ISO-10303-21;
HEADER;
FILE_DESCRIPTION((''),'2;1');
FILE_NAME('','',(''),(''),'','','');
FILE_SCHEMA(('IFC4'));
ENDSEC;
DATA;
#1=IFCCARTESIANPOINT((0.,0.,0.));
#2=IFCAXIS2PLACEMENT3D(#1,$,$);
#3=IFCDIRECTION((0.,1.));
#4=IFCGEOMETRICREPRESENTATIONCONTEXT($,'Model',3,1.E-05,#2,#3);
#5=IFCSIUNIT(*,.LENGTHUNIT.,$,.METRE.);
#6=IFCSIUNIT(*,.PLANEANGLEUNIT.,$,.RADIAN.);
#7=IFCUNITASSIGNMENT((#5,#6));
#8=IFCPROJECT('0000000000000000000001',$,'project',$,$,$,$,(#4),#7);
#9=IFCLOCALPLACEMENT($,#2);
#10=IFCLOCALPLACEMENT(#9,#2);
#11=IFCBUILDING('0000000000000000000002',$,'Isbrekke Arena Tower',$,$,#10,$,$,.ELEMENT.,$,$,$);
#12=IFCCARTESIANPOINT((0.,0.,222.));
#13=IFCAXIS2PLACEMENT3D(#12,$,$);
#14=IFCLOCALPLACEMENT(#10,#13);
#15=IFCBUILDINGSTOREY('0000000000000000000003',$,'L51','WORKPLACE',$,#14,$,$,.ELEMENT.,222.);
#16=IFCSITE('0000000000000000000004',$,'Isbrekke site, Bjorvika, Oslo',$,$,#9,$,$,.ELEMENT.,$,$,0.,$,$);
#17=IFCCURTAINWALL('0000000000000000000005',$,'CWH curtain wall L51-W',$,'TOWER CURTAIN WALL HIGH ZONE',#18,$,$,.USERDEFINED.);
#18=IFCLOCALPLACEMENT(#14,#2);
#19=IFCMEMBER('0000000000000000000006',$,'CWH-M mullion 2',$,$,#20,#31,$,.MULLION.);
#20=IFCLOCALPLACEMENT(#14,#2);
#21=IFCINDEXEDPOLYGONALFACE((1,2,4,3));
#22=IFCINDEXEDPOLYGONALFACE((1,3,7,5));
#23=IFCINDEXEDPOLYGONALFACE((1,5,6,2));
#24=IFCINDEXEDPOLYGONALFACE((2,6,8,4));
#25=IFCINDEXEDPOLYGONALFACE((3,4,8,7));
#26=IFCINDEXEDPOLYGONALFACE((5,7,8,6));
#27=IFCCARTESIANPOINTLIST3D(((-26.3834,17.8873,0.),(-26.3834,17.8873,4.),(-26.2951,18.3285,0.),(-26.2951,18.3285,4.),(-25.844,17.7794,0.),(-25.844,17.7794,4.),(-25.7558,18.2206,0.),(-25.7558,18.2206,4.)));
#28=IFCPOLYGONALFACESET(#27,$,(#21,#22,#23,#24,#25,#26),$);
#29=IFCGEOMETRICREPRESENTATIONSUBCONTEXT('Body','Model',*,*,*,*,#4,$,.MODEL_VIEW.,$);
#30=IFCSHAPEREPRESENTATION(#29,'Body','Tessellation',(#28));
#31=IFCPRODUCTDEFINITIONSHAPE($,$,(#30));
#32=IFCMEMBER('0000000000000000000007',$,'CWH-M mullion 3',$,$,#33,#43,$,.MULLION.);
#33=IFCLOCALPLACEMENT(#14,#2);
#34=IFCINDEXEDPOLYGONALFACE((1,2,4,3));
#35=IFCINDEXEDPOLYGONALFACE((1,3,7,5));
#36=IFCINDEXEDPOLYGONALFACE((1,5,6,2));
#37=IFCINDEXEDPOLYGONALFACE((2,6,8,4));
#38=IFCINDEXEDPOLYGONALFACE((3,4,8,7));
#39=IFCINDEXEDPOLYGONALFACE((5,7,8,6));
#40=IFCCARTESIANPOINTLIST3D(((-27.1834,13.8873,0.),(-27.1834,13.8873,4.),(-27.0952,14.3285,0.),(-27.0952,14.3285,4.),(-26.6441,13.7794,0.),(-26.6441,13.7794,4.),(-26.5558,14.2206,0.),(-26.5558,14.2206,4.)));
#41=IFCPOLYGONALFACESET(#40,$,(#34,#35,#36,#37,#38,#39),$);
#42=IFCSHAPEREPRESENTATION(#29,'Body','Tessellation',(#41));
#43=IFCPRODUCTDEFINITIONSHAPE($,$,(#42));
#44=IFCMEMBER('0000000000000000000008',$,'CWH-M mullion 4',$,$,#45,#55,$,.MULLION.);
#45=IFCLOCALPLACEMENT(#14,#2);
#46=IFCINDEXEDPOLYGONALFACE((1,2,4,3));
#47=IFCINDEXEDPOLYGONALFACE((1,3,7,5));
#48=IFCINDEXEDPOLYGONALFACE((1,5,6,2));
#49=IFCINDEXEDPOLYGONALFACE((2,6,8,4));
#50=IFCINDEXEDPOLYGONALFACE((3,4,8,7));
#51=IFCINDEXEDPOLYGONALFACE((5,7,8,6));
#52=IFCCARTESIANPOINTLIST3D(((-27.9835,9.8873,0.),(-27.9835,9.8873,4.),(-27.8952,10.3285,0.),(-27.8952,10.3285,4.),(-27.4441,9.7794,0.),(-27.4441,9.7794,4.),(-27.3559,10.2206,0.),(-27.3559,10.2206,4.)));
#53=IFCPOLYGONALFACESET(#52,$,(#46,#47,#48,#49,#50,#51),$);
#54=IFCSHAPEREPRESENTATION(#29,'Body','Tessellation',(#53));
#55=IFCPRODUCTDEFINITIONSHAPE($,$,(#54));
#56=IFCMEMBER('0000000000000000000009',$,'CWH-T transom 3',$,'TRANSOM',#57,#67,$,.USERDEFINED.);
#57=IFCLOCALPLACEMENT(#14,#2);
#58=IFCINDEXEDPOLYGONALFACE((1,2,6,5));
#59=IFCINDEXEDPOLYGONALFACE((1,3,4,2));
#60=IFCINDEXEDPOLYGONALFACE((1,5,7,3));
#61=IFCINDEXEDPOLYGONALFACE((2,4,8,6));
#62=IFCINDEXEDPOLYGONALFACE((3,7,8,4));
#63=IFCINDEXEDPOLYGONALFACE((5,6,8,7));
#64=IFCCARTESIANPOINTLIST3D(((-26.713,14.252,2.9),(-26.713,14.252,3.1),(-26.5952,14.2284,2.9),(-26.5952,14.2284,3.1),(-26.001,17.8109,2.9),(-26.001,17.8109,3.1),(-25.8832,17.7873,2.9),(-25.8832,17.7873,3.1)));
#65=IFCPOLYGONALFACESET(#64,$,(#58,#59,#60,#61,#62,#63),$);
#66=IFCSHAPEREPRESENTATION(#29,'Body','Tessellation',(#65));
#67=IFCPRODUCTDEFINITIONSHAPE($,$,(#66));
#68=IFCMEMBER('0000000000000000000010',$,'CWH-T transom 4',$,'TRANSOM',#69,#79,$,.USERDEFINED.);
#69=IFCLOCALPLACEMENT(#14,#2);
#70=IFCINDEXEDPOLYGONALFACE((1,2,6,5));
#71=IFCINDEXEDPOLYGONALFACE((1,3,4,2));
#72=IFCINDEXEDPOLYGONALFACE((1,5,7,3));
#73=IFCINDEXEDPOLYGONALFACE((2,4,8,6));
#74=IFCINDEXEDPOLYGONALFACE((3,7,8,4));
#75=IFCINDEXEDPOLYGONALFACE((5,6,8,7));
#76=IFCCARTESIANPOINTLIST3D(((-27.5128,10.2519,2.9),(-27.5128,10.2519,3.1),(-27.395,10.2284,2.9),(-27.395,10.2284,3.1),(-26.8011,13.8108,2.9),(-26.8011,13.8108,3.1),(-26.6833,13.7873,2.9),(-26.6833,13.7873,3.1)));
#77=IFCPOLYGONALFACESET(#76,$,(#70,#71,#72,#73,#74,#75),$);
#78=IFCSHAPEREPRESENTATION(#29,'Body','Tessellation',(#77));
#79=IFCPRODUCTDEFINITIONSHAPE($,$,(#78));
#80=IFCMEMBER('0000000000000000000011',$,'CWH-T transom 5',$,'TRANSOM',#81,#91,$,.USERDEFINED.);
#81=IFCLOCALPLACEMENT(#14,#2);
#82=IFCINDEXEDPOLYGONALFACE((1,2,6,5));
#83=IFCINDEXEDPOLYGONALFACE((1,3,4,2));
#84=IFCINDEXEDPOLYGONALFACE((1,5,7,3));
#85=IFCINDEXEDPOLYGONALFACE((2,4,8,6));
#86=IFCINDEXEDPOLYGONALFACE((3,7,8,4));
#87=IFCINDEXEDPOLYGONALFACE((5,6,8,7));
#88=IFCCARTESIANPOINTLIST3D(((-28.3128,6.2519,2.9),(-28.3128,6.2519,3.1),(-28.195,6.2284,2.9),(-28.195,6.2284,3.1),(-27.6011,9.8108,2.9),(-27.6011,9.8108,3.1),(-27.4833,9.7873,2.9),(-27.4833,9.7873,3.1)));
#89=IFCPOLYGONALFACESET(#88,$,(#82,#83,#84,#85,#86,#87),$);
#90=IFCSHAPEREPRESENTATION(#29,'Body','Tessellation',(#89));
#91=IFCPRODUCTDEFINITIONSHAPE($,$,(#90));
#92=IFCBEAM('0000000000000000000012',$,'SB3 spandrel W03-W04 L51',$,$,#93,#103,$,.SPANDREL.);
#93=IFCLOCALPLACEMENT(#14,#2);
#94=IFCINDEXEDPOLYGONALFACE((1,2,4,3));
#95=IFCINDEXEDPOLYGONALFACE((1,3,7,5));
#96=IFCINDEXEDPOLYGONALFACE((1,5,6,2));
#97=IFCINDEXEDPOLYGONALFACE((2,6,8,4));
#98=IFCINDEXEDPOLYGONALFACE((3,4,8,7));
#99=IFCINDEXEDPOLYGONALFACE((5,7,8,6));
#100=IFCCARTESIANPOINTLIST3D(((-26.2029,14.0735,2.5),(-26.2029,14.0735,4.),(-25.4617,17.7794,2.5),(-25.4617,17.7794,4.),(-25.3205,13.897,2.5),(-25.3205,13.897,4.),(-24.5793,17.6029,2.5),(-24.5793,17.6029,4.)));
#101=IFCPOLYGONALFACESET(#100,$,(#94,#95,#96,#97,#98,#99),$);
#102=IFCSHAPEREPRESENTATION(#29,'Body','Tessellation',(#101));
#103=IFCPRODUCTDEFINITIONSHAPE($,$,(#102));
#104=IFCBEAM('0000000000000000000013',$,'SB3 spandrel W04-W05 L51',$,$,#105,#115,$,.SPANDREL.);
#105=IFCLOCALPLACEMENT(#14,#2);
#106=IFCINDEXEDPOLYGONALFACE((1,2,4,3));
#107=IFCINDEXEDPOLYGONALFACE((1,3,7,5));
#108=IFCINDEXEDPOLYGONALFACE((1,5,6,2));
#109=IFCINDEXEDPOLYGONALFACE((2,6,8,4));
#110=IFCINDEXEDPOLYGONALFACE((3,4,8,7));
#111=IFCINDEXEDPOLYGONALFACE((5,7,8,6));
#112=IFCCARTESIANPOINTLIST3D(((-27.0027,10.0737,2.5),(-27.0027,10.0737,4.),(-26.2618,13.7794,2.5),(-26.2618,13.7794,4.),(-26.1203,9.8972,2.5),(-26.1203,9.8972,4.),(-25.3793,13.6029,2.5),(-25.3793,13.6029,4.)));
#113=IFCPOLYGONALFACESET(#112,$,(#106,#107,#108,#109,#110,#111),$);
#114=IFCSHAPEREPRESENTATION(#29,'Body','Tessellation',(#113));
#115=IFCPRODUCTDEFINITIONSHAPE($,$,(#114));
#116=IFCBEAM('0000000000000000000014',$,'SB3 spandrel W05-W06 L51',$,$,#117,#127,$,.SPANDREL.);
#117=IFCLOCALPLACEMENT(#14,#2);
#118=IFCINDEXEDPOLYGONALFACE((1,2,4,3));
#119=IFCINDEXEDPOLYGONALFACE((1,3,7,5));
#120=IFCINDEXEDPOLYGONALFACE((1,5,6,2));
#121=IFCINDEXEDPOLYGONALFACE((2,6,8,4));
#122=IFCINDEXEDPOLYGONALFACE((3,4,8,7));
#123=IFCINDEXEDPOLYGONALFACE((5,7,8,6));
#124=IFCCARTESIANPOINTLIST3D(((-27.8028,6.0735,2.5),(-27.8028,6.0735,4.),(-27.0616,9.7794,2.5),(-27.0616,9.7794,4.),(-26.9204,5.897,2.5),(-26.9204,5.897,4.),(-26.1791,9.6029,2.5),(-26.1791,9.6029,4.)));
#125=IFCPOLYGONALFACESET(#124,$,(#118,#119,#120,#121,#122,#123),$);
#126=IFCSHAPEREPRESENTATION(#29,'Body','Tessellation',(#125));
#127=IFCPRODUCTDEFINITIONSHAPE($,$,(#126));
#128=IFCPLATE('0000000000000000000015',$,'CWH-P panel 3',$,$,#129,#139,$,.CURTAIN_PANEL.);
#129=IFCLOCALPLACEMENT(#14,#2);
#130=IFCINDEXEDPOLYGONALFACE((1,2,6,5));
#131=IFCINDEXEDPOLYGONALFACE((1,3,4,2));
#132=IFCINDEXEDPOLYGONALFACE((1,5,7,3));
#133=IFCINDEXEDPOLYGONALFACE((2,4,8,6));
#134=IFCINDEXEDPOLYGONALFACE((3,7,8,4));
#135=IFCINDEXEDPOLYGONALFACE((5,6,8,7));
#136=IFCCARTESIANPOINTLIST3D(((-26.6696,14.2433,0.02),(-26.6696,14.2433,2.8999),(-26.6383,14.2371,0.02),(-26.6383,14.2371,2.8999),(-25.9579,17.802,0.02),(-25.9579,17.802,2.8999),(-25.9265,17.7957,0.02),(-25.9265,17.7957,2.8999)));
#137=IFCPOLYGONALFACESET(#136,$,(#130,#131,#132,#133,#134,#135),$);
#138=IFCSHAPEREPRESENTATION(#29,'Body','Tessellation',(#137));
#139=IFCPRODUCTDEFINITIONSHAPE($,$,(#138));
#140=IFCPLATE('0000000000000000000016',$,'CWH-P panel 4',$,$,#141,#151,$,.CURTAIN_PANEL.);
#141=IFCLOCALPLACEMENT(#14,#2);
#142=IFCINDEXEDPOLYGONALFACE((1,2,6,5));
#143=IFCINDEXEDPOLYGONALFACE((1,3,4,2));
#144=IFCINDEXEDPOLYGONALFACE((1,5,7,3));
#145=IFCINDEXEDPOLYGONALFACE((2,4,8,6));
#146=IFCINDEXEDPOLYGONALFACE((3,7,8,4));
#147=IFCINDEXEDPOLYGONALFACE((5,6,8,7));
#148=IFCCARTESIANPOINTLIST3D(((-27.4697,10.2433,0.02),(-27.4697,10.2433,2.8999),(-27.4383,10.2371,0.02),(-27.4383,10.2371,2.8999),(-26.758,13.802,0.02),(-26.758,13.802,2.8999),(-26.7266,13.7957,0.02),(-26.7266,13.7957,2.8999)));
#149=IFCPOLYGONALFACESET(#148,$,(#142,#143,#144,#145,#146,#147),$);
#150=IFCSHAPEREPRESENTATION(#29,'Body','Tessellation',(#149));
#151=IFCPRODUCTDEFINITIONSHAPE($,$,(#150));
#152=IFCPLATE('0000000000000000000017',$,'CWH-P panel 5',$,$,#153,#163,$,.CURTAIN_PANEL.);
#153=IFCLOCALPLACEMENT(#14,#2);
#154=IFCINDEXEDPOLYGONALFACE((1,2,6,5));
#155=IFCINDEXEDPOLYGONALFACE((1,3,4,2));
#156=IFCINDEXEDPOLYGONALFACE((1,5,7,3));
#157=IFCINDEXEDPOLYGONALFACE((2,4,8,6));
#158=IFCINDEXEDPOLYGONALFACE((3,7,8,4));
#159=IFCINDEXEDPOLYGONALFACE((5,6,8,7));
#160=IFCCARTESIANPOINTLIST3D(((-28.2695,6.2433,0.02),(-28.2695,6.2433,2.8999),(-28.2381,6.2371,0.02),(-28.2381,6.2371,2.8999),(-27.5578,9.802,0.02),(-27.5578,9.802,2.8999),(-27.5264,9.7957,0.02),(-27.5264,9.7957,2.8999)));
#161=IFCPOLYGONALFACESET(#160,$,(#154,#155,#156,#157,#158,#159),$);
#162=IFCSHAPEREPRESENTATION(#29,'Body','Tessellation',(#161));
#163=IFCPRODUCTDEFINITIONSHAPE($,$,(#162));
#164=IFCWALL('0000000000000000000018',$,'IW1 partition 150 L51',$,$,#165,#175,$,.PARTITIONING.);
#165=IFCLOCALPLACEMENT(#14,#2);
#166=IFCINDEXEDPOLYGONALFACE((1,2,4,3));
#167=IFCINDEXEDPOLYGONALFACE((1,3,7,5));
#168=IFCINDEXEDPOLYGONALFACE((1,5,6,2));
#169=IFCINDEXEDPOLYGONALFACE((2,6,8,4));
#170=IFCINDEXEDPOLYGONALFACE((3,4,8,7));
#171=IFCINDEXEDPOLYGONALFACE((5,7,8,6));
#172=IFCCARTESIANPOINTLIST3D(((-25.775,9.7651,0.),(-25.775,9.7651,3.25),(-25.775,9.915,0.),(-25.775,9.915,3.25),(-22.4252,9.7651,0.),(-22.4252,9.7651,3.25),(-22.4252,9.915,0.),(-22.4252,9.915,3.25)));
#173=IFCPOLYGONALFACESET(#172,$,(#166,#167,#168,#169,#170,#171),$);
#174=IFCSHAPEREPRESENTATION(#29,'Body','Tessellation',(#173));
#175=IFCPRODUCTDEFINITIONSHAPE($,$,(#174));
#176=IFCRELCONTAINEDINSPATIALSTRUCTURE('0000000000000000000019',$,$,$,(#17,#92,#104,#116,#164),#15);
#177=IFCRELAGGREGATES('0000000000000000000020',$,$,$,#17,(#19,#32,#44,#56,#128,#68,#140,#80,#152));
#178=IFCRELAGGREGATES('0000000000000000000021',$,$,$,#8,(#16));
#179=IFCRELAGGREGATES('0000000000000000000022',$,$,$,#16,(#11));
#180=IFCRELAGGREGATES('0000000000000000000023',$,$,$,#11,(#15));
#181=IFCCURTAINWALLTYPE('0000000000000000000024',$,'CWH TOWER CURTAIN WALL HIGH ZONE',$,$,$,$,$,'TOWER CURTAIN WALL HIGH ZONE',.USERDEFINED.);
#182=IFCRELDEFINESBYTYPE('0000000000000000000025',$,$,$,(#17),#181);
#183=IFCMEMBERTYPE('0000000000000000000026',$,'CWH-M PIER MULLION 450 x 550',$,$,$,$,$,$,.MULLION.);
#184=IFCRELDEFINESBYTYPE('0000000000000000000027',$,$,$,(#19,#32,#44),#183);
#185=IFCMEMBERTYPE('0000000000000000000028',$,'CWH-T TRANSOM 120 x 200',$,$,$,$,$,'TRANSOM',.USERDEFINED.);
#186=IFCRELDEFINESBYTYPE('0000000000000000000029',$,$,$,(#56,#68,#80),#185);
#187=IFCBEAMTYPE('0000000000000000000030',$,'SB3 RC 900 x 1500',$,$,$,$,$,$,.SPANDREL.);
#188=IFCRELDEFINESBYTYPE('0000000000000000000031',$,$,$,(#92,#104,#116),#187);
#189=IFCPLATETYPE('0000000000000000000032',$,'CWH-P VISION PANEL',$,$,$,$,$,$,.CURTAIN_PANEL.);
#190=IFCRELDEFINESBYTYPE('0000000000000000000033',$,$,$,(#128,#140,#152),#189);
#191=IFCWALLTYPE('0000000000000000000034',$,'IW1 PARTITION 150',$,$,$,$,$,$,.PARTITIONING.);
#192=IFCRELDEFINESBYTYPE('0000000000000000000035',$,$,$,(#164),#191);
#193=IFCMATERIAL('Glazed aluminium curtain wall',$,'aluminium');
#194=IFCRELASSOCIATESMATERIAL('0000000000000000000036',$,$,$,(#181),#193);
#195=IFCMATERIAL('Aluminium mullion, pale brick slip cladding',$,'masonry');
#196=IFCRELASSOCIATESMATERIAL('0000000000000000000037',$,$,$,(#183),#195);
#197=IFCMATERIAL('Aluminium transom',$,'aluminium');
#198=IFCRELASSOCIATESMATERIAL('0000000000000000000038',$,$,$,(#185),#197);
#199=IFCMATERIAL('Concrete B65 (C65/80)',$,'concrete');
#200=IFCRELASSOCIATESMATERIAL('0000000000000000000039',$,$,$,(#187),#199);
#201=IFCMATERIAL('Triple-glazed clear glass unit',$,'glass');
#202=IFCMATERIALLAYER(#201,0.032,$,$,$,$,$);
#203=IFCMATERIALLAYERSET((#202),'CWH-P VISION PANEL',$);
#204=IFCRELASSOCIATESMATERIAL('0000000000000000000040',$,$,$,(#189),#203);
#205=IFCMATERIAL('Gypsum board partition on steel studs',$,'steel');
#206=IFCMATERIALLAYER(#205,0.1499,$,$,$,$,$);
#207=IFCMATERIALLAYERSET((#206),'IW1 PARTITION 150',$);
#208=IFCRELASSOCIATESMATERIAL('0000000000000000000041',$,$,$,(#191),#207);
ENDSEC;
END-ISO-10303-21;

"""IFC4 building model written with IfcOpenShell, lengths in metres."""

from ifc_helpers import new_model, si_unit, direction, frame, frame_2d, origin, origin_2d, place, context, subcontext, project, spatial, rectangle, extrude, material, layer, layer_set, material_profile, profile_set, type_object, element, aggregate, save


model = new_model("IFC4")

# Units and contexts
model_context = context("Model", 3, precision=1e-05, world=origin(), true_north=direction((0.0, 1.0)))
body_context = subcontext(model_context, "Body", "Model", "MODEL_VIEW")
ifc_project = project(units=[si_unit("LENGTHUNIT", "METRE"), si_unit("PLANEANGLEUNIT", "RADIAN")], contexts=[model_context])

# Site, building, storey
site_placement = place(None, origin())
site = spatial("IfcSite", under=ifc_project, at=site_placement, Name="Isbrekke site, Bjorvika, Oslo", CompositionType="ELEMENT", RefElevation=0.0)
building_placement = place(site_placement, origin())
building = spatial("IfcBuilding", under=site, at=building_placement, Name="Isbrekke Arena Tower", CompositionType="ELEMENT")
storey_placement = place(building_placement, frame((0.0, 0.0, 222.0)))
storey = spatial("IfcBuildingStorey", under=building, at=storey_placement, Name="L51", Description="WORKPLACE", CompositionType="ELEMENT", Elevation=222.0)

# Curtain wall, members
ifc_material_1 = material(Name="Glazed aluminium curtain wall", Category="aluminium")
curtain_wall_type = type_object("IfcCurtainWallType", Name="CWH TOWER CURTAIN WALL HIGH ZONE", ElementType="TOWER CURTAIN WALL HIGH ZONE", PredefinedType="USERDEFINED", material=ifc_material_1)
curtain_wall_placement = place(storey_placement, origin())
curtain_wall = element("IfcCurtainWall", 1, at=curtain_wall_placement, inside=storey, type_object=curtain_wall_type, Name="CWH curtain wall L51-W", ObjectType="TOWER CURTAIN WALL HIGH ZONE", PredefinedType="USERDEFINED")
ifc_material_2 = material(Name="Aluminium mullion, pale brick slip cladding", Category="masonry")
ifc_material_profile_1 = material_profile(ifc_material_2, rectangle(XDim=0.45, YDim=0.55, at=origin_2d()), Name="PIER 450X550")
ifc_profile_set_1 = profile_set([ifc_material_profile_1], Name="Aluminium mullion, pale brick slip cladding")
member_type_1 = type_object("IfcMemberType", Name="CWH-M PIER MULLION 450 x 550", PredefinedType="MULLION", material=ifc_profile_set_1)
member_1_placement = place(storey_placement, frame((-26.0696, 18.054, 0.0), z_axis=(0.0, 0.0, 1.0), x_axis=(-0.196116, -0.980581, 0.0)))
member_1 = element("IfcMember", 2, at=member_1_placement, type_object=member_type_1, Name="CWH-M mullion 2", PredefinedType="MULLION", context=body_context, shape_type="SweptSolid", body=[
    extrude(rectangle(XDim=0.45, YDim=0.55, at=origin_2d()), origin(), (0.0, 0.0, 1.0), 4.0),
])
member_2_placement = place(storey_placement, frame((-26.8696, 14.054, 0.0), z_axis=(0.0, 0.0, 1.0), x_axis=(-0.196116, -0.980581, 0.0)))
member_2 = element("IfcMember", 3, at=member_2_placement, type_object=member_type_1, Name="CWH-M mullion 3", PredefinedType="MULLION", context=body_context, shape_type="SweptSolid", body=[
    extrude(rectangle(XDim=0.45, YDim=0.55, at=origin_2d()), origin(), (0.0, 0.0, 1.0), 4.0),
])
member_3_placement = place(storey_placement, frame((-27.6697, 10.054, 0.0), z_axis=(0.0, 0.0, 1.0), x_axis=(-0.196116, -0.980581, 0.0)))
member_3 = element("IfcMember", 4, at=member_3_placement, type_object=member_type_1, Name="CWH-M mullion 4", PredefinedType="MULLION", context=body_context, shape_type="SweptSolid", body=[
    extrude(rectangle(XDim=0.45, YDim=0.55, at=origin_2d()), origin(), (0.0, 0.0, 1.0), 4.0),
])
ifc_material_3 = material(Name="Aluminium transom", Category="aluminium")
ifc_material_profile_2 = material_profile(ifc_material_3, rectangle(XDim=0.1201, YDim=0.2, at=origin_2d()), Name="TRANSOM 120X200")
ifc_profile_set_2 = profile_set([ifc_material_profile_2], Name="Aluminium transom")
member_type_2 = type_object("IfcMemberType", Name="CWH-T TRANSOM 120 x 200", ElementType="TRANSOM", PredefinedType="USERDEFINED", material=ifc_profile_set_2)
member_4_placement = place(storey_placement, frame((-25.9421, 17.7991, 3.0), z_axis=(-0.196155, -0.980573, 0.0), x_axis=(0.980573, -0.196155, 0.0)))
member_4 = element("IfcMember", 5, at=member_4_placement, type_object=member_type_2, Name="CWH-T transom 3", ObjectType="TRANSOM", PredefinedType="USERDEFINED", context=body_context, shape_type="SweptSolid", body=[
    extrude(rectangle(XDim=0.1201, YDim=0.2, at=origin_2d()), origin(), (0.0, 0.0, 1.0), 3.6294),
])
member_5_placement = place(storey_placement, frame((-26.7422, 13.7991, 3.0), z_axis=(-0.19609, -0.980586, 0.0), x_axis=(0.980586, -0.19609, 0.0)))
member_5 = element("IfcMember", 6, at=member_5_placement, type_object=member_type_2, Name="CWH-T transom 4", ObjectType="TRANSOM", PredefinedType="USERDEFINED", context=body_context, shape_type="SweptSolid", body=[
    extrude(rectangle(XDim=0.1201, YDim=0.2, at=origin_2d()), origin(), (0.0, 0.0, 1.0), 3.6294),
])
member_6_placement = place(storey_placement, frame((-27.5422, 9.7991, 3.0), z_axis=(-0.19609, -0.980586, 0.0), x_axis=(0.980586, -0.19609, 0.0)))
member_6 = element("IfcMember", 7, at=member_6_placement, type_object=member_type_2, Name="CWH-T transom 5", ObjectType="TRANSOM", PredefinedType="USERDEFINED", context=body_context, shape_type="SweptSolid", body=[
    extrude(rectangle(XDim=0.1201, YDim=0.2, at=origin_2d()), origin(), (0.0, 0.0, 1.0), 3.6294),
])

# Beams
ifc_material_4 = material(Name="Concrete B65 (C65/80)", Category="concrete")
ifc_material_profile_3 = material_profile(ifc_material_4, rectangle(XDim=0.8999, YDim=1.5, at=origin_2d()), Name="RC 900x1500")
ifc_profile_set_3 = profile_set([ifc_material_profile_3], Name="Concrete B65 (C65/80)")
beam_type_1 = type_object("IfcBeamType", Name="SB3 RC 900 x 1500", PredefinedType="SPANDREL", material=ifc_profile_set_3)
beam_1_placement = place(storey_placement, frame((-25.0205, 17.6912, 3.25), z_axis=(-0.196129, -0.980578, 0.0), x_axis=(0.980578, -0.196129, 0.0)))
element("IfcBeam", 8, at=beam_1_placement, inside=storey, type_object=beam_type_1, Name="SB3 spandrel W03-W04 L51", PredefinedType="SPANDREL", context=body_context, shape_type="SweptSolid", body=[
    extrude(rectangle(XDim=0.8999, YDim=1.5, at=origin_2d()), origin(), (0.0, 0.0, 1.0), 3.7793),
])
beam_2_placement = place(storey_placement, frame((-25.8206, 13.6912, 3.25), z_axis=(-0.196066, -0.980591, 0.0), x_axis=(0.980591, -0.196066, 0.0)))
element("IfcBeam", 9, at=beam_2_placement, inside=storey, type_object=beam_type_1, Name="SB3 spandrel W04-W05 L51", PredefinedType="SPANDREL", context=body_context, shape_type="SweptSolid", body=[
    extrude(rectangle(XDim=0.8999, YDim=1.5, at=origin_2d()), origin(), (0.0, 0.0, 1.0), 3.7791),
])
beam_3_placement = place(storey_placement, frame((-26.6204, 9.6912, 3.25), z_axis=(-0.196129, -0.980578, 0.0), x_axis=(0.980578, -0.196129, 0.0)))
element("IfcBeam", 10, at=beam_3_placement, inside=storey, type_object=beam_type_1, Name="SB3 spandrel W05-W06 L51", PredefinedType="SPANDREL", context=body_context, shape_type="SweptSolid", body=[
    extrude(rectangle(XDim=0.8999, YDim=1.5, at=origin_2d()), origin(), (0.0, 0.0, 1.0), 3.7793),
])

# Plates
ifc_material_5 = material(Name="Triple-glazed clear glass unit", Category="glass")
ifc_layer_1 = layer(ifc_material_5, 0.032)
ifc_layer_set_1 = layer_set([ifc_layer_1], Name="CWH-P VISION PANEL")
plate_type = type_object("IfcPlateType", Name="CWH-P VISION PANEL", PredefinedType="CURTAIN_PANEL", material=ifc_layer_set_1)
plate_1_placement = place(storey_placement, frame((-26.2981, 16.0195, 0.02), z_axis=(0.0, 0.0, 1.0), x_axis=(-0.196116, -0.980581, 0.0)))
plate_1 = element("IfcPlate", 11, at=plate_1_placement, type_object=plate_type, Name="CWH-P panel 3", PredefinedType="CURTAIN_PANEL", context=body_context, shape_type="SweptSolid", body=[
    extrude(rectangle(XDim=3.6292, YDim=0.032, at=origin_2d()), origin(), (0.0, 0.0, 1.0), 2.8799),
])
plate_2_placement = place(storey_placement, frame((-27.0981, 12.0195, 0.02), z_axis=(0.0, 0.0, 1.0), x_axis=(-0.196116, -0.980581, 0.0)))
plate_2 = element("IfcPlate", 12, at=plate_2_placement, type_object=plate_type, Name="CWH-P panel 4", PredefinedType="CURTAIN_PANEL", context=body_context, shape_type="SweptSolid", body=[
    extrude(rectangle(XDim=3.6292, YDim=0.032, at=origin_2d()), origin(), (0.0, 0.0, 1.0), 2.8799),
])
plate_3_placement = place(storey_placement, frame((-27.8979, 8.0195, 0.02), z_axis=(0.0, 0.0, 1.0), x_axis=(-0.196116, -0.980581, 0.0)))
plate_3 = element("IfcPlate", 13, at=plate_3_placement, type_object=plate_type, Name="CWH-P panel 5", PredefinedType="CURTAIN_PANEL", context=body_context, shape_type="SweptSolid", body=[
    extrude(rectangle(XDim=3.6292, YDim=0.032, at=origin_2d()), origin(), (0.0, 0.0, 1.0), 2.8799),
])
aggregate(curtain_wall, [member_1, member_2, member_3, member_4, plate_1, member_5, plate_2, member_6, plate_3])

# Wall
ifc_material_6 = material(Name="Gypsum board partition on steel studs", Category="steel")
ifc_layer_2 = layer(ifc_material_6, 0.1499)
ifc_layer_set_2 = layer_set([ifc_layer_2], Name="IW1 PARTITION 150")
wall_type_1 = type_object("IfcWallType", Name="IW1 PARTITION 150", PredefinedType="PARTITIONING", material=ifc_layer_set_2)
wall_1_placement = place(storey_placement, frame((-25.7749, 9.8401, 0.0), z_axis=(0.0, 0.0, 1.0), x_axis=(1.0, 0.0, 0.0)))
element("IfcWall", 14, at=wall_1_placement, inside=storey, type_object=wall_type_1, Name="IW1 partition 150 L51", PredefinedType="PARTITIONING", context=body_context, shape_type="SweptSolid", body=[
    extrude(rectangle(XDim=3.3499, YDim=0.1499, at=frame_2d((1.6748, 0.0))), origin(), (0.0, 0.0, 1.0), 3.25),
])

save(model, "model.ifc")
